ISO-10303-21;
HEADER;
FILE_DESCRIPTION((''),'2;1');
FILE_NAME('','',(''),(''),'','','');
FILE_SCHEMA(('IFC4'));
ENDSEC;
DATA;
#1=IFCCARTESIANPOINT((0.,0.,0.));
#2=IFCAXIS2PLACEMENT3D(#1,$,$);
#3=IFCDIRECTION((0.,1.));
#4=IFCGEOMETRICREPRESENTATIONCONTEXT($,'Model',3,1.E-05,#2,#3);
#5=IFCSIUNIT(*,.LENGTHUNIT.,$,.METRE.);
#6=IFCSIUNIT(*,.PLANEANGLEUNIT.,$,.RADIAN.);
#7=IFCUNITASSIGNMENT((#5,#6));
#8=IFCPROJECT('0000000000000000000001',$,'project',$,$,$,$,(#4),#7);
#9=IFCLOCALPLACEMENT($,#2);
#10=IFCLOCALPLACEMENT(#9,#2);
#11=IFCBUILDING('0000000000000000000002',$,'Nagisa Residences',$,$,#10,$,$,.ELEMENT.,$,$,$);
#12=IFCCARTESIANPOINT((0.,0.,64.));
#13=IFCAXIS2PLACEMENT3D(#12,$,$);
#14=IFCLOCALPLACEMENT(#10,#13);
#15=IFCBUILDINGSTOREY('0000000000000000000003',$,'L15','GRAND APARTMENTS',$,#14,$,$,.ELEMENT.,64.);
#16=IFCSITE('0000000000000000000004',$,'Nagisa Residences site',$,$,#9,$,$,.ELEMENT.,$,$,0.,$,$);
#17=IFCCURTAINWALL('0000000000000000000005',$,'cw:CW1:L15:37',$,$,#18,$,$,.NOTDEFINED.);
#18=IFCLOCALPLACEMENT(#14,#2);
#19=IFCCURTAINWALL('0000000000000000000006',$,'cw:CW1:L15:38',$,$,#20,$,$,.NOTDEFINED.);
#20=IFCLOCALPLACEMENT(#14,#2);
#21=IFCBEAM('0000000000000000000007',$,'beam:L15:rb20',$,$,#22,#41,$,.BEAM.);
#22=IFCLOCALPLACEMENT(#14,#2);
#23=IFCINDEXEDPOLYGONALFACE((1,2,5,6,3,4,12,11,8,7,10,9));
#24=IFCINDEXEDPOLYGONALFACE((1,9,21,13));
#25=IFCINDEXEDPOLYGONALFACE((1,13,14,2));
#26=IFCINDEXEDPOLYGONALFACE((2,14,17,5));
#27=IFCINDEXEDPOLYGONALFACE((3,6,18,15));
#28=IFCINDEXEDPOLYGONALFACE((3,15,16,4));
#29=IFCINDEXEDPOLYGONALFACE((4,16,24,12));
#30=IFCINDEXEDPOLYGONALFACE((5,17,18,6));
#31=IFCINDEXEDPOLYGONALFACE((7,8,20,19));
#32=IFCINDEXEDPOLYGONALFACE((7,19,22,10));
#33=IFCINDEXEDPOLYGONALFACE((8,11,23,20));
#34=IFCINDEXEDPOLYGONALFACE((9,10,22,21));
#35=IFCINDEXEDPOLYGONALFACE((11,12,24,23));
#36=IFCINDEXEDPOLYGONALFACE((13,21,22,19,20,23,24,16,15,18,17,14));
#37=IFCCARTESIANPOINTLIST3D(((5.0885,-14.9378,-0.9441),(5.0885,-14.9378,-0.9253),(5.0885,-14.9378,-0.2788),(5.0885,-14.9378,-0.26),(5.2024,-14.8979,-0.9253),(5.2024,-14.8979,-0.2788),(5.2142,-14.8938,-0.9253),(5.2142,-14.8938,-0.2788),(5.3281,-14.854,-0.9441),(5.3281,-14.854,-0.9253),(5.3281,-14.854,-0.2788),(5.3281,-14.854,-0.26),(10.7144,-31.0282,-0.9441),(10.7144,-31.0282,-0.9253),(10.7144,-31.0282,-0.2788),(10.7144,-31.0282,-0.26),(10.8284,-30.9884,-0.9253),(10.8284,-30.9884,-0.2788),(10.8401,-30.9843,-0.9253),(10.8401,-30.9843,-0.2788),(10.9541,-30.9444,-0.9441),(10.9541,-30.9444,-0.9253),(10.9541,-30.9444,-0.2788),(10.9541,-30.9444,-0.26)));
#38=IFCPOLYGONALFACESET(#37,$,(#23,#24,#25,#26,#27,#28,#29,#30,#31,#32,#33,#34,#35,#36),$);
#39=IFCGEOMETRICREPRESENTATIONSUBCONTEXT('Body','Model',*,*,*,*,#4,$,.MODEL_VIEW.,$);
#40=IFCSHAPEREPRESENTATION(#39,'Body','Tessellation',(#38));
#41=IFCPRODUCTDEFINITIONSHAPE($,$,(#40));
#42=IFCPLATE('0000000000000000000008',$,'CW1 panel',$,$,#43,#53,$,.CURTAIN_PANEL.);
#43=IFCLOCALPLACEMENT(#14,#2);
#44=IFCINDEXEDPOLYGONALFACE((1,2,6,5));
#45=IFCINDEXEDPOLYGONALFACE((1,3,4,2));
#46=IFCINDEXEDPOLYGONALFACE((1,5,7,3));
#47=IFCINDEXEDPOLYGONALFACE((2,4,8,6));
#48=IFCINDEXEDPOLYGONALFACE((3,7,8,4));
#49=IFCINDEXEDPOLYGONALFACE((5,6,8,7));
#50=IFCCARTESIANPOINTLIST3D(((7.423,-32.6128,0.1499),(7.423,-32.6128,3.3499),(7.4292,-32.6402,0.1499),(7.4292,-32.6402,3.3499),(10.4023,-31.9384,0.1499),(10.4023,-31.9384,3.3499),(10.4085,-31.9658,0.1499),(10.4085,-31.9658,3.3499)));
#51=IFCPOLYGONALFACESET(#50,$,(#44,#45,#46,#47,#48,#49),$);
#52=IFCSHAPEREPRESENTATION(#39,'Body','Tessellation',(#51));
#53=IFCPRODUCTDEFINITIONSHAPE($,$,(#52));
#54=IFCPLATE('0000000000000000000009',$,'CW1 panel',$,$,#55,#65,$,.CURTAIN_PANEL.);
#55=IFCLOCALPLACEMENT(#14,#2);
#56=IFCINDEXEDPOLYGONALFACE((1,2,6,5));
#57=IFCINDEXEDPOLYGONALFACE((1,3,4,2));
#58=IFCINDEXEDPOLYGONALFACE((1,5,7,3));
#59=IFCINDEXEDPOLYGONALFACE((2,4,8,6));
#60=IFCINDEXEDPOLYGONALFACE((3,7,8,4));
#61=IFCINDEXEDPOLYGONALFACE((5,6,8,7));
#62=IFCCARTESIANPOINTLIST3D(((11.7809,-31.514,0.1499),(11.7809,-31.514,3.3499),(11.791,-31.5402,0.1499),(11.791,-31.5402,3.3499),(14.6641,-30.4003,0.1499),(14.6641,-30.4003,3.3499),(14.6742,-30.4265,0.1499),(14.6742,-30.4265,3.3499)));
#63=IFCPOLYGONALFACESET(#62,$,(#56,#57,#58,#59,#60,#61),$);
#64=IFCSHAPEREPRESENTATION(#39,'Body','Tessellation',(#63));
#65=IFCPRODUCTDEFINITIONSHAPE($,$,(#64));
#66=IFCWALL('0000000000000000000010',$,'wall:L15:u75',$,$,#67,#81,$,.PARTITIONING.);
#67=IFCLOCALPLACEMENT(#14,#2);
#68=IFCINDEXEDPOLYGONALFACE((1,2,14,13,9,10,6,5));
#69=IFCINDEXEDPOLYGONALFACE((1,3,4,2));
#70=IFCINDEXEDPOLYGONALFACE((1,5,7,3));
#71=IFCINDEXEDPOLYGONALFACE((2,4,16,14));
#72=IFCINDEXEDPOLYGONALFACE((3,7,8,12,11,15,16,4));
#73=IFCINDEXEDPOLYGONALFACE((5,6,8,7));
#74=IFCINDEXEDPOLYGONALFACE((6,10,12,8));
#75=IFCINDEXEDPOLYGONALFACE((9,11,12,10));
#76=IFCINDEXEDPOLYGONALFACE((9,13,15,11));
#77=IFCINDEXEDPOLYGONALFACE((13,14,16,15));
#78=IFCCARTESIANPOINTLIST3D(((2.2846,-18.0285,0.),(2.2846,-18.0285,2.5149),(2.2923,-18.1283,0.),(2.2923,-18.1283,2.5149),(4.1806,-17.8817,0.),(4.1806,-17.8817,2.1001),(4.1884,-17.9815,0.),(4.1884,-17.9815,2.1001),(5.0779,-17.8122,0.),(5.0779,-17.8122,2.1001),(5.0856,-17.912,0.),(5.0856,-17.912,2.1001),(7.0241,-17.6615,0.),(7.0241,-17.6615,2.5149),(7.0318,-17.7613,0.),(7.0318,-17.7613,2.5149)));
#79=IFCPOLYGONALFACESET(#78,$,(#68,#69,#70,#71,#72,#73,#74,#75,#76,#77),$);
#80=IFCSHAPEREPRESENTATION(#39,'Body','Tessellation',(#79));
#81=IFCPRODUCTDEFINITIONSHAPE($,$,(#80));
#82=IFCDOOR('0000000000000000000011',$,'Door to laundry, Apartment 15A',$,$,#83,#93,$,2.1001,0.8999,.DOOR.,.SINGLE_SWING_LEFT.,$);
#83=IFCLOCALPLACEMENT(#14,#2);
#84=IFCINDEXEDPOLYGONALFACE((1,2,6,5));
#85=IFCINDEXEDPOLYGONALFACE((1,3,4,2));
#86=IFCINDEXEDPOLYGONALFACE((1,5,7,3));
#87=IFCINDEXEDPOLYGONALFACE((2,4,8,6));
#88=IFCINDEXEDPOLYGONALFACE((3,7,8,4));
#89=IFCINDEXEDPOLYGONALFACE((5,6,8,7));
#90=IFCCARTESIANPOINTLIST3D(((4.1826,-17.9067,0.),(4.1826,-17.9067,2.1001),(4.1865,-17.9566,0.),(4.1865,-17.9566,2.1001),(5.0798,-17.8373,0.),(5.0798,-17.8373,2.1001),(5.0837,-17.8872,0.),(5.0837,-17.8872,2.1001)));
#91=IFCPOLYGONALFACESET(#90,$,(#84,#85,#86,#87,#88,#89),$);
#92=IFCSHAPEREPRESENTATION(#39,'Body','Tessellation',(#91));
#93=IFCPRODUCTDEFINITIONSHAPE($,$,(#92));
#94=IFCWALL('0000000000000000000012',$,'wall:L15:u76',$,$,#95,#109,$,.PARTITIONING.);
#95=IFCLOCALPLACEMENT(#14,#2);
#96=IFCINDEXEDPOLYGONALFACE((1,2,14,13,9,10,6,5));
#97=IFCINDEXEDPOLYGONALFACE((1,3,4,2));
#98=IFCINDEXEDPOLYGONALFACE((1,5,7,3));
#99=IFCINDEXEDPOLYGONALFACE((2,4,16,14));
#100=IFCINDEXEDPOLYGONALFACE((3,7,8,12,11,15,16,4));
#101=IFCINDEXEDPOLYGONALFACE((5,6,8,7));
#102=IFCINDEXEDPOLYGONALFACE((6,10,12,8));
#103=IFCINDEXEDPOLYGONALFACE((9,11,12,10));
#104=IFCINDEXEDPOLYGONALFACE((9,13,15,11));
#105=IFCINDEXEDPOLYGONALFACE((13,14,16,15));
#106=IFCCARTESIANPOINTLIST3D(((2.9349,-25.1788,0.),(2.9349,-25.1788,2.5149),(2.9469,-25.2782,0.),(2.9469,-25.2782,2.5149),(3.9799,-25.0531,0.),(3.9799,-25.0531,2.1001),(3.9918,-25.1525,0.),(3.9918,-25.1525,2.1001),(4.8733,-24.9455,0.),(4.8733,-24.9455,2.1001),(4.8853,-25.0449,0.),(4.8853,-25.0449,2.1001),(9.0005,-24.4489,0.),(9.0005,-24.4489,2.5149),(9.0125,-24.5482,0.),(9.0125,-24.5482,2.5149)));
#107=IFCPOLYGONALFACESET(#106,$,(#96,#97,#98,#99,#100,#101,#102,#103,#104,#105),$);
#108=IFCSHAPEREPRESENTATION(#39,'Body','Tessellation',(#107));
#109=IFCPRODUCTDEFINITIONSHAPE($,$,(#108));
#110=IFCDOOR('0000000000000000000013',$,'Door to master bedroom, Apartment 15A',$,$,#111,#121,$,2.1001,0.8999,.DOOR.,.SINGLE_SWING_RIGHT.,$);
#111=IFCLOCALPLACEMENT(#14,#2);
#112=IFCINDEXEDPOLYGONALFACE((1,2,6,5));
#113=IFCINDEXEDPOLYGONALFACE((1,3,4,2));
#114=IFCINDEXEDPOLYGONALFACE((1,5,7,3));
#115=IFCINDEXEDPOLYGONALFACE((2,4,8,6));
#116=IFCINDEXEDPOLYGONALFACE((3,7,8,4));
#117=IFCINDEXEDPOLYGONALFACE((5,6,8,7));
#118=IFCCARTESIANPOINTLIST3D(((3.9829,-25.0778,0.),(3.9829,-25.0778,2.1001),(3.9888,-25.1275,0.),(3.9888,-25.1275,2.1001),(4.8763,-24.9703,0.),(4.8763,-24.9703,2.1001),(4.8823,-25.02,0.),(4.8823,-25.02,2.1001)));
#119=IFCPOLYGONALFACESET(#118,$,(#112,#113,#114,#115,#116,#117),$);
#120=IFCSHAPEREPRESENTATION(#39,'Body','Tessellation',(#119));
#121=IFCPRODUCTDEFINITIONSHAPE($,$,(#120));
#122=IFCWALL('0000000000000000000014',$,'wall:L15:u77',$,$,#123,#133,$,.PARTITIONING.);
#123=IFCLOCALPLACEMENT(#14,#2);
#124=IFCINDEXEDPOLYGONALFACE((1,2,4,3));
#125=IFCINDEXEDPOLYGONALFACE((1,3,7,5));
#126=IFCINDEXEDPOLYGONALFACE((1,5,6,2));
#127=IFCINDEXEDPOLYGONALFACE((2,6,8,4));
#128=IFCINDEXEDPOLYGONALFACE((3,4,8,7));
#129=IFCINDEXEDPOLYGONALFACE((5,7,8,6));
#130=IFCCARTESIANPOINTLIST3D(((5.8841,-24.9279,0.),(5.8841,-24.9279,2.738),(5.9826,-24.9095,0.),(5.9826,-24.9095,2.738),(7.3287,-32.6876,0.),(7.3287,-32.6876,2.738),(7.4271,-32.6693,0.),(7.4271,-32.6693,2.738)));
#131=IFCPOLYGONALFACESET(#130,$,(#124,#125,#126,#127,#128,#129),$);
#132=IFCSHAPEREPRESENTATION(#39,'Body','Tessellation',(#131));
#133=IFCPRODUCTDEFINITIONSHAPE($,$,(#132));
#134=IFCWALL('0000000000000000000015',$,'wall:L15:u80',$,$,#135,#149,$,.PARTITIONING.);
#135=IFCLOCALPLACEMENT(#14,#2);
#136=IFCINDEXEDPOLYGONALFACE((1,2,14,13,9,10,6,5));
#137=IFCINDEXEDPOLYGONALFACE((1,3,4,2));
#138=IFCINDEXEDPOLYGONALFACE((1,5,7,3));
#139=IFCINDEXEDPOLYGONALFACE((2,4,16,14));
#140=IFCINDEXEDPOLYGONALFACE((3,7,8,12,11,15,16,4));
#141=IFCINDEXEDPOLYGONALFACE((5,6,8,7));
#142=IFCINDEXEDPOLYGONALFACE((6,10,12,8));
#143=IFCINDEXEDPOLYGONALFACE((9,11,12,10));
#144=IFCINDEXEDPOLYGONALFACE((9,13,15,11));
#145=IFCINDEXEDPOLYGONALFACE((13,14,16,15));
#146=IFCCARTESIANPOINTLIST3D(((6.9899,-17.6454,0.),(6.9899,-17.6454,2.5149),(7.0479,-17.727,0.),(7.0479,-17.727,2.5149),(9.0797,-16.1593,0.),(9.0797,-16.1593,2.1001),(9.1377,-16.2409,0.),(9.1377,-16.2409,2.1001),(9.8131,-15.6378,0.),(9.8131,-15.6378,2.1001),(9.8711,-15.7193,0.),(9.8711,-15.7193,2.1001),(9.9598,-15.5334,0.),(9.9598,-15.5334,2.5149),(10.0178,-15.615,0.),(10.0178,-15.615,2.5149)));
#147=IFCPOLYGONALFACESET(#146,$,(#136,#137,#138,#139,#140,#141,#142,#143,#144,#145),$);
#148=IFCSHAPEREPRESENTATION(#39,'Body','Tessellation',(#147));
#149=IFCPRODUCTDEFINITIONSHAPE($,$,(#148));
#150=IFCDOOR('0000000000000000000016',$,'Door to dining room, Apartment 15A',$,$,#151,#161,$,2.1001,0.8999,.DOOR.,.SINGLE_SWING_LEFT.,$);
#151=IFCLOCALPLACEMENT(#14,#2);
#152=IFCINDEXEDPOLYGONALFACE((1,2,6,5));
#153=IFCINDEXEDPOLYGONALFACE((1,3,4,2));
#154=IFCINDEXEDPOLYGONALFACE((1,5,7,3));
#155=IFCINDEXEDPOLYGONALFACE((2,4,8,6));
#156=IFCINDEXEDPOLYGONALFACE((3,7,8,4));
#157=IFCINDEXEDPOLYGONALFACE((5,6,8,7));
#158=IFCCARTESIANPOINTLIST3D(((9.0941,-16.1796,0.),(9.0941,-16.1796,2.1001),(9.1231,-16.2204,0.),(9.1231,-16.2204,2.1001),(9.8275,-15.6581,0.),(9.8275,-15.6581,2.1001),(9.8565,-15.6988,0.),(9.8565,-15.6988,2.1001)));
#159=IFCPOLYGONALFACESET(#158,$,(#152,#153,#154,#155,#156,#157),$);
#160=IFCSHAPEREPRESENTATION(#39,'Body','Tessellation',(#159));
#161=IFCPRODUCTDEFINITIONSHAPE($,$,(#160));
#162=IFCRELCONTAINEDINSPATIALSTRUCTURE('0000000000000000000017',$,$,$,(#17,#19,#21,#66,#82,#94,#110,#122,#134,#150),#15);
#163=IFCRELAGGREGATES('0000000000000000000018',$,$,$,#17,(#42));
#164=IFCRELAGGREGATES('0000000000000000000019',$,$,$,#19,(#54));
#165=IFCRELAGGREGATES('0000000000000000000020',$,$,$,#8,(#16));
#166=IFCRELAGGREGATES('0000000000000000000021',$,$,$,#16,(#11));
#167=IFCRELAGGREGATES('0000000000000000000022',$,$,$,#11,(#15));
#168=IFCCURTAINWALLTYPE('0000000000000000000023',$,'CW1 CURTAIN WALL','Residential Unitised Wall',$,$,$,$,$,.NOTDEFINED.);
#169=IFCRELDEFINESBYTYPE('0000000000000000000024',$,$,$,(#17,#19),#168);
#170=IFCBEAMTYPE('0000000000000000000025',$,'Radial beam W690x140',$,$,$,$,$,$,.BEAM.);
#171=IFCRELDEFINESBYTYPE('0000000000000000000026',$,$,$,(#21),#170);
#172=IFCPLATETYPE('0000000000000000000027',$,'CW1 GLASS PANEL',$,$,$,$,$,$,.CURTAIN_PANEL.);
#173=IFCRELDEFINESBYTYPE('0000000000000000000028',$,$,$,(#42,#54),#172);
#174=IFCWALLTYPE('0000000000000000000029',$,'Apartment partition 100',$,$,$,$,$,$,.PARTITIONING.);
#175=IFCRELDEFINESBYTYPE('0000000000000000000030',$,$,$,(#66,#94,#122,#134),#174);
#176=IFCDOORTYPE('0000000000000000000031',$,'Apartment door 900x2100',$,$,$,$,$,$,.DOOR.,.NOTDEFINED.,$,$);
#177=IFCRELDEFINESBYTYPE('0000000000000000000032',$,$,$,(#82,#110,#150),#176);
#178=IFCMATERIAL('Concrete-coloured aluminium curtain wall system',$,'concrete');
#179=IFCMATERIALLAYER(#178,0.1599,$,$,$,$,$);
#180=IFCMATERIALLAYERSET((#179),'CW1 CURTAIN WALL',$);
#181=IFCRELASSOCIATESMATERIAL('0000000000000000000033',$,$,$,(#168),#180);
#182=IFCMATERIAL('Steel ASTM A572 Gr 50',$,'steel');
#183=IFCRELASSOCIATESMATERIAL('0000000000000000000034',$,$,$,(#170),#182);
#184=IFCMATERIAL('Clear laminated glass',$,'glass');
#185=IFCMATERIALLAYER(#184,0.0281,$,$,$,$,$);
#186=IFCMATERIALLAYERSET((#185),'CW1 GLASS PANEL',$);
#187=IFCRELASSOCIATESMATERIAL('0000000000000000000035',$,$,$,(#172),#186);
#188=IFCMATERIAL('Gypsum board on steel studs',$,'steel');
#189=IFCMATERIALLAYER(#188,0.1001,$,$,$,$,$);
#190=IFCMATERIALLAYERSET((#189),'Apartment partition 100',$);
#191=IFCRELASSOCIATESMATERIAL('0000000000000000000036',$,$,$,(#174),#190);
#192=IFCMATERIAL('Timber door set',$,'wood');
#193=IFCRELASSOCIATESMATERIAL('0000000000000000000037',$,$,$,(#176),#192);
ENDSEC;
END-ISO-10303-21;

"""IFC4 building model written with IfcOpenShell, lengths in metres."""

from ifc_helpers import new_model, si_unit, direction, frame, frame_2d, origin, origin_2d, place, context, subcontext, project, spatial, rectangle, i_section, extrude, material, layer, layer_set, material_profile, profile_set, type_object, element, fill, aggregate, save


model = new_model("IFC4")

# Units and contexts
model_context = context("Model", 3, precision=1e-05, world=origin(), true_north=direction((0.0, 1.0)))
body_context = subcontext(model_context, "Body", "Model", "MODEL_VIEW")
ifc_project = project(units=[si_unit("LENGTHUNIT", "METRE"), si_unit("PLANEANGLEUNIT", "RADIAN")], contexts=[model_context])

# Site, building, storey
site_placement = place(None, origin())
site = spatial("IfcSite", under=ifc_project, at=site_placement, Name="Nagisa Residences site", CompositionType="ELEMENT", RefElevation=0.0)
building_placement = place(site_placement, origin())
building = spatial("IfcBuilding", under=site, at=building_placement, Name="Nagisa Residences", CompositionType="ELEMENT")
storey_placement = place(building_placement, frame((0.0, 0.0, 64.0)))
storey = spatial("IfcBuildingStorey", under=building, at=storey_placement, Name="L15", Description="GRAND APARTMENTS", CompositionType="ELEMENT", Elevation=64.0)

# Curtain walls
ifc_material_1 = material(Name="Concrete-coloured aluminium curtain wall system", Category="concrete")
ifc_layer_1 = layer(ifc_material_1, 0.1599)
ifc_layer_set_1 = layer_set([ifc_layer_1], Name="CW1 CURTAIN WALL")
curtain_wall_type = type_object("IfcCurtainWallType", Name="CW1 CURTAIN WALL", Description="Residential Unitised Wall", PredefinedType="NOTDEFINED", material=ifc_layer_set_1)
curtain_wall_1_placement = place(storey_placement, origin())
curtain_wall_1 = element("IfcCurtainWall", 1, at=curtain_wall_1_placement, inside=storey, type_object=curtain_wall_type, Name="cw:CW1:L15:37", PredefinedType="NOTDEFINED")
curtain_wall_2_placement = place(storey_placement, origin())
curtain_wall_2 = element("IfcCurtainWall", 2, at=curtain_wall_2_placement, inside=storey, type_object=curtain_wall_type, Name="cw:CW1:L15:38", PredefinedType="NOTDEFINED")

# Beam
ifc_material_2 = material(Name="Steel ASTM A572 Gr 50", Category="steel")
ifc_material_profile_1 = material_profile(ifc_material_2, i_section(OverallWidth=0.2539, OverallDepth=0.6841, WebThickness=0.0125, FlangeThickness=0.0188, at=origin_2d()), Name="W690x140")
ifc_profile_set_1 = profile_set([ifc_material_profile_1], Name="Steel ASTM A572 Gr 50")
beam_type_1 = type_object("IfcBeamType", Name="Radial beam W690x140", PredefinedType="BEAM", material=ifc_profile_set_1)
beam_1_placement = place(storey_placement, frame((10.8342, -30.9863, -0.6021), z_axis=(-0.330051, 0.943963, 0.0), x_axis=(-0.943963, -0.330051, 0.0)))
element("IfcBeam", 3, at=beam_1_placement, inside=storey, type_object=beam_type_1, Name="beam:L15:rb20", PredefinedType="BEAM", context=body_context, shape_type="SweptSolid", body=[
    extrude(i_section(OverallWidth=0.2539, OverallDepth=0.6841, WebThickness=0.0125, FlangeThickness=0.0188, at=origin_2d()), origin(), (0.0, 0.0, 1.0), 17.0457),
])

# Plates
ifc_material_3 = material(Name="Clear laminated glass", Category="glass")
ifc_layer_2 = layer(ifc_material_3, 0.0281)
ifc_layer_set_2 = layer_set([ifc_layer_2], Name="CW1 GLASS PANEL")
plate_type = type_object("IfcPlateType", Name="CW1 GLASS PANEL", PredefinedType="CURTAIN_PANEL", material=ifc_layer_set_2)
plate_1_placement = place(storey_placement, frame((8.9158, -32.2893, 0.1499), z_axis=(0.0, 0.0, 1.0), x_axis=(0.975327, 0.220764, 0.0)))
plate_1 = element("IfcPlate", 4, at=plate_1_placement, type_object=plate_type, Name="CW1 panel", PredefinedType="CURTAIN_PANEL", context=body_context, shape_type="SweptSolid", body=[
    extrude(rectangle(XDim=3.0547, YDim=0.0281, at=origin_2d()), origin(), (0.0, 0.0, 1.0), 3.2),
])
aggregate(curtain_wall_1, [plate_1])
plate_2_placement = place(storey_placement, frame((13.2275, -30.9702, 0.1499), z_axis=(0.0, 0.0, 1.0), x_axis=(0.932826, 0.360328, 0.0)))
plate_2 = element("IfcPlate", 5, at=plate_2_placement, type_object=plate_type, Name="CW1 panel", PredefinedType="CURTAIN_PANEL", context=body_context, shape_type="SweptSolid", body=[
    extrude(rectangle(XDim=3.0908, YDim=0.0281, at=origin_2d()), origin(), (0.0, 0.0, 1.0), 3.2),
])
aggregate(curtain_wall_2, [plate_2])

# Walls, openings, doors
ifc_material_4 = material(Name="Gypsum board on steel studs", Category="steel")
ifc_layer_3 = layer(ifc_material_4, 0.1001)
ifc_layer_set_3 = layer_set([ifc_layer_3], Name="Apartment partition 100")
wall_type_1 = type_object("IfcWallType", Name="Apartment partition 100", PredefinedType="PARTITIONING", material=ifc_layer_set_3)
wall_1_placement = place(storey_placement, frame((2.2883, -18.0784, 0.0), z_axis=(0.0, 0.0, 1.0), x_axis=(0.997016, 0.077191, 0.0)))
wall_1 = element("IfcWall", 6, at=wall_1_placement, inside=storey, type_object=wall_type_1, Name="wall:L15:u75", PredefinedType="PARTITIONING", context=body_context, shape_type="SweptSolid", body=[
    extrude(rectangle(XDim=4.7537, YDim=0.1001, at=frame_2d((2.377, 0.0))), origin(), (0.0, 0.0, 1.0), 2.5149),
])
opening_1_placement = place(wall_1_placement, frame((1.9019, 0.0, 0.0)))
opening_1 = element("IfcOpeningElement", 7, at=opening_1_placement, cuts=wall_1, PredefinedType="OPENING", context=body_context, shape_type="SweptSolid", body=[
    extrude(rectangle(XDim=0.8999, YDim=2.1001, at=frame_2d((0.45, 1.05))), frame((0.0, 0.0601, 0.0), z_axis=(0.0, -1.0, 0.0), x_axis=(1.0, 0.0, 0.0)), (0.0, 0.0, 1.0), 0.1201),
])
ifc_material_5 = material(Name="Timber door set", Category="wood")
door_type_1 = type_object("IfcDoorType", Name="Apartment door 900x2100", OperationType="NOTDEFINED", PredefinedType="DOOR", material=ifc_material_5)
door_1_placement = place(opening_1_placement, origin())
door_1 = element("IfcDoor", 8, at=door_1_placement, inside=storey, type_object=door_type_1, Name="Door to laundry, Apartment 15A", OperationType="SINGLE_SWING_LEFT", OverallHeight=2.1001, OverallWidth=0.8999, PredefinedType="DOOR", context=body_context, shape_type="SweptSolid", body=[
    extrude(rectangle(XDim=0.8999, YDim=2.1001, at=frame_2d((0.45, 1.05))), frame((0.0, 0.0249, 0.0), z_axis=(0.0, -1.0, 0.0), x_axis=(1.0, 0.0, 0.0)), (0.0, 0.0, 1.0), 0.05),
])
fill(opening_1, door_1)
wall_2_placement = place(storey_placement, frame((2.9409, -25.2285, 0.0), z_axis=(0.0, 0.0, 1.0), x_axis=(0.992836, 0.119484, 0.0)))
wall_2 = element("IfcWall", 9, at=wall_2_placement, inside=storey, type_object=wall_type_1, Name="wall:L15:u76", PredefinedType="PARTITIONING", context=body_context, shape_type="SweptSolid", body=[
    extrude(rectangle(XDim=6.1094, YDim=0.1001, at=frame_2d((3.0547, 0.0))), origin(), (0.0, 0.0, 1.0), 2.5149),
])
opening_2_placement = place(wall_2_placement, frame((1.0525, 0.0, 0.0)))
opening_2 = element("IfcOpeningElement", 10, at=opening_2_placement, cuts=wall_2, PredefinedType="OPENING", context=body_context, shape_type="SweptSolid", body=[
    extrude(rectangle(XDim=0.8999, YDim=2.1001, at=frame_2d((0.45, 1.05))), frame((0.0, 0.0601, 0.0), z_axis=(0.0, -1.0, 0.0), x_axis=(1.0, 0.0, 0.0)), (0.0, 0.0, 1.0), 0.1201),
])
door_2_placement = place(opening_2_placement, frame((0.8999, 0.0, 0.0), x_axis=(-1.0, 0.0, 0.0)))
door_2 = element("IfcDoor", 11, at=door_2_placement, inside=storey, type_object=door_type_1, Name="Door to master bedroom, Apartment 15A", OperationType="SINGLE_SWING_RIGHT", OverallHeight=2.1001, OverallWidth=0.8999, PredefinedType="DOOR", context=body_context, shape_type="SweptSolid", body=[
    extrude(rectangle(XDim=0.8999, YDim=2.1001, at=frame_2d((0.45, 1.05))), frame((0.0, 0.0249, 0.0), z_axis=(0.0, -1.0, 0.0), x_axis=(1.0, 0.0, 0.0)), (0.0, 0.0, 1.0), 0.05),
])
fill(opening_2, door_2)

# Wall
wall_3_placement = place(storey_placement, frame((5.9333, -24.9187, 0.0), z_axis=(0.0, 0.0, 1.0), x_axis=(0.183018, -0.983109, 0.0)))
element("IfcWall", 12, at=wall_3_placement, inside=storey, type_object=wall_type_1, Name="wall:L15:u77", PredefinedType="PARTITIONING", context=body_context, shape_type="SweptSolid", body=[
    extrude(rectangle(XDim=7.8931, YDim=0.1001, at=frame_2d((3.9465, 0.0))), origin(), (0.0, 0.0, 1.0), 2.738),
])

# Wall, opening, door
wall_4_placement = place(storey_placement, frame((7.0188, -17.6863, 0.0), z_axis=(0.0, 0.0, 1.0), x_axis=(0.814945, 0.579539, 0.0)))
wall_4 = element("IfcWall", 13, at=wall_4_placement, inside=storey, type_object=wall_type_1, Name="wall:L15:u80", PredefinedType="PARTITIONING", context=body_context, shape_type="SweptSolid", body=[
    extrude(rectangle(XDim=3.6443, YDim=0.1001, at=frame_2d((1.8223, 0.0))), origin(), (0.0, 0.0, 1.0), 2.5149),
])
opening_3_placement = place(wall_4_placement, frame((2.5645, 0.0, 0.0)))
opening_3 = element("IfcOpeningElement", 14, at=opening_3_placement, cuts=wall_4, PredefinedType="OPENING", context=body_context, shape_type="SweptSolid", body=[
    extrude(rectangle(XDim=0.8999, YDim=2.1001, at=frame_2d((0.45, 1.05))), frame((0.0, 0.0601, 0.0), z_axis=(0.0, -1.0, 0.0), x_axis=(1.0, 0.0, 0.0)), (0.0, 0.0, 1.0), 0.1201),
])
door_3_placement = place(opening_3_placement, frame((0.8999, 0.0, 0.0), x_axis=(-1.0, 0.0, 0.0)))
door_3 = element("IfcDoor", 15, at=door_3_placement, inside=storey, type_object=door_type_1, Name="Door to dining room, Apartment 15A", OperationType="SINGLE_SWING_LEFT", OverallHeight=2.1001, OverallWidth=0.8999, PredefinedType="DOOR", context=body_context, shape_type="SweptSolid", body=[
    extrude(rectangle(XDim=0.8999, YDim=2.1001, at=frame_2d((0.45, 1.05))), frame((0.0, 0.0249, 0.0), z_axis=(0.0, -1.0, 0.0), x_axis=(1.0, 0.0, 0.0)), (0.0, 0.0, 1.0), 0.05),
])
fill(opening_3, door_3)

save(model, "model.ifc")
